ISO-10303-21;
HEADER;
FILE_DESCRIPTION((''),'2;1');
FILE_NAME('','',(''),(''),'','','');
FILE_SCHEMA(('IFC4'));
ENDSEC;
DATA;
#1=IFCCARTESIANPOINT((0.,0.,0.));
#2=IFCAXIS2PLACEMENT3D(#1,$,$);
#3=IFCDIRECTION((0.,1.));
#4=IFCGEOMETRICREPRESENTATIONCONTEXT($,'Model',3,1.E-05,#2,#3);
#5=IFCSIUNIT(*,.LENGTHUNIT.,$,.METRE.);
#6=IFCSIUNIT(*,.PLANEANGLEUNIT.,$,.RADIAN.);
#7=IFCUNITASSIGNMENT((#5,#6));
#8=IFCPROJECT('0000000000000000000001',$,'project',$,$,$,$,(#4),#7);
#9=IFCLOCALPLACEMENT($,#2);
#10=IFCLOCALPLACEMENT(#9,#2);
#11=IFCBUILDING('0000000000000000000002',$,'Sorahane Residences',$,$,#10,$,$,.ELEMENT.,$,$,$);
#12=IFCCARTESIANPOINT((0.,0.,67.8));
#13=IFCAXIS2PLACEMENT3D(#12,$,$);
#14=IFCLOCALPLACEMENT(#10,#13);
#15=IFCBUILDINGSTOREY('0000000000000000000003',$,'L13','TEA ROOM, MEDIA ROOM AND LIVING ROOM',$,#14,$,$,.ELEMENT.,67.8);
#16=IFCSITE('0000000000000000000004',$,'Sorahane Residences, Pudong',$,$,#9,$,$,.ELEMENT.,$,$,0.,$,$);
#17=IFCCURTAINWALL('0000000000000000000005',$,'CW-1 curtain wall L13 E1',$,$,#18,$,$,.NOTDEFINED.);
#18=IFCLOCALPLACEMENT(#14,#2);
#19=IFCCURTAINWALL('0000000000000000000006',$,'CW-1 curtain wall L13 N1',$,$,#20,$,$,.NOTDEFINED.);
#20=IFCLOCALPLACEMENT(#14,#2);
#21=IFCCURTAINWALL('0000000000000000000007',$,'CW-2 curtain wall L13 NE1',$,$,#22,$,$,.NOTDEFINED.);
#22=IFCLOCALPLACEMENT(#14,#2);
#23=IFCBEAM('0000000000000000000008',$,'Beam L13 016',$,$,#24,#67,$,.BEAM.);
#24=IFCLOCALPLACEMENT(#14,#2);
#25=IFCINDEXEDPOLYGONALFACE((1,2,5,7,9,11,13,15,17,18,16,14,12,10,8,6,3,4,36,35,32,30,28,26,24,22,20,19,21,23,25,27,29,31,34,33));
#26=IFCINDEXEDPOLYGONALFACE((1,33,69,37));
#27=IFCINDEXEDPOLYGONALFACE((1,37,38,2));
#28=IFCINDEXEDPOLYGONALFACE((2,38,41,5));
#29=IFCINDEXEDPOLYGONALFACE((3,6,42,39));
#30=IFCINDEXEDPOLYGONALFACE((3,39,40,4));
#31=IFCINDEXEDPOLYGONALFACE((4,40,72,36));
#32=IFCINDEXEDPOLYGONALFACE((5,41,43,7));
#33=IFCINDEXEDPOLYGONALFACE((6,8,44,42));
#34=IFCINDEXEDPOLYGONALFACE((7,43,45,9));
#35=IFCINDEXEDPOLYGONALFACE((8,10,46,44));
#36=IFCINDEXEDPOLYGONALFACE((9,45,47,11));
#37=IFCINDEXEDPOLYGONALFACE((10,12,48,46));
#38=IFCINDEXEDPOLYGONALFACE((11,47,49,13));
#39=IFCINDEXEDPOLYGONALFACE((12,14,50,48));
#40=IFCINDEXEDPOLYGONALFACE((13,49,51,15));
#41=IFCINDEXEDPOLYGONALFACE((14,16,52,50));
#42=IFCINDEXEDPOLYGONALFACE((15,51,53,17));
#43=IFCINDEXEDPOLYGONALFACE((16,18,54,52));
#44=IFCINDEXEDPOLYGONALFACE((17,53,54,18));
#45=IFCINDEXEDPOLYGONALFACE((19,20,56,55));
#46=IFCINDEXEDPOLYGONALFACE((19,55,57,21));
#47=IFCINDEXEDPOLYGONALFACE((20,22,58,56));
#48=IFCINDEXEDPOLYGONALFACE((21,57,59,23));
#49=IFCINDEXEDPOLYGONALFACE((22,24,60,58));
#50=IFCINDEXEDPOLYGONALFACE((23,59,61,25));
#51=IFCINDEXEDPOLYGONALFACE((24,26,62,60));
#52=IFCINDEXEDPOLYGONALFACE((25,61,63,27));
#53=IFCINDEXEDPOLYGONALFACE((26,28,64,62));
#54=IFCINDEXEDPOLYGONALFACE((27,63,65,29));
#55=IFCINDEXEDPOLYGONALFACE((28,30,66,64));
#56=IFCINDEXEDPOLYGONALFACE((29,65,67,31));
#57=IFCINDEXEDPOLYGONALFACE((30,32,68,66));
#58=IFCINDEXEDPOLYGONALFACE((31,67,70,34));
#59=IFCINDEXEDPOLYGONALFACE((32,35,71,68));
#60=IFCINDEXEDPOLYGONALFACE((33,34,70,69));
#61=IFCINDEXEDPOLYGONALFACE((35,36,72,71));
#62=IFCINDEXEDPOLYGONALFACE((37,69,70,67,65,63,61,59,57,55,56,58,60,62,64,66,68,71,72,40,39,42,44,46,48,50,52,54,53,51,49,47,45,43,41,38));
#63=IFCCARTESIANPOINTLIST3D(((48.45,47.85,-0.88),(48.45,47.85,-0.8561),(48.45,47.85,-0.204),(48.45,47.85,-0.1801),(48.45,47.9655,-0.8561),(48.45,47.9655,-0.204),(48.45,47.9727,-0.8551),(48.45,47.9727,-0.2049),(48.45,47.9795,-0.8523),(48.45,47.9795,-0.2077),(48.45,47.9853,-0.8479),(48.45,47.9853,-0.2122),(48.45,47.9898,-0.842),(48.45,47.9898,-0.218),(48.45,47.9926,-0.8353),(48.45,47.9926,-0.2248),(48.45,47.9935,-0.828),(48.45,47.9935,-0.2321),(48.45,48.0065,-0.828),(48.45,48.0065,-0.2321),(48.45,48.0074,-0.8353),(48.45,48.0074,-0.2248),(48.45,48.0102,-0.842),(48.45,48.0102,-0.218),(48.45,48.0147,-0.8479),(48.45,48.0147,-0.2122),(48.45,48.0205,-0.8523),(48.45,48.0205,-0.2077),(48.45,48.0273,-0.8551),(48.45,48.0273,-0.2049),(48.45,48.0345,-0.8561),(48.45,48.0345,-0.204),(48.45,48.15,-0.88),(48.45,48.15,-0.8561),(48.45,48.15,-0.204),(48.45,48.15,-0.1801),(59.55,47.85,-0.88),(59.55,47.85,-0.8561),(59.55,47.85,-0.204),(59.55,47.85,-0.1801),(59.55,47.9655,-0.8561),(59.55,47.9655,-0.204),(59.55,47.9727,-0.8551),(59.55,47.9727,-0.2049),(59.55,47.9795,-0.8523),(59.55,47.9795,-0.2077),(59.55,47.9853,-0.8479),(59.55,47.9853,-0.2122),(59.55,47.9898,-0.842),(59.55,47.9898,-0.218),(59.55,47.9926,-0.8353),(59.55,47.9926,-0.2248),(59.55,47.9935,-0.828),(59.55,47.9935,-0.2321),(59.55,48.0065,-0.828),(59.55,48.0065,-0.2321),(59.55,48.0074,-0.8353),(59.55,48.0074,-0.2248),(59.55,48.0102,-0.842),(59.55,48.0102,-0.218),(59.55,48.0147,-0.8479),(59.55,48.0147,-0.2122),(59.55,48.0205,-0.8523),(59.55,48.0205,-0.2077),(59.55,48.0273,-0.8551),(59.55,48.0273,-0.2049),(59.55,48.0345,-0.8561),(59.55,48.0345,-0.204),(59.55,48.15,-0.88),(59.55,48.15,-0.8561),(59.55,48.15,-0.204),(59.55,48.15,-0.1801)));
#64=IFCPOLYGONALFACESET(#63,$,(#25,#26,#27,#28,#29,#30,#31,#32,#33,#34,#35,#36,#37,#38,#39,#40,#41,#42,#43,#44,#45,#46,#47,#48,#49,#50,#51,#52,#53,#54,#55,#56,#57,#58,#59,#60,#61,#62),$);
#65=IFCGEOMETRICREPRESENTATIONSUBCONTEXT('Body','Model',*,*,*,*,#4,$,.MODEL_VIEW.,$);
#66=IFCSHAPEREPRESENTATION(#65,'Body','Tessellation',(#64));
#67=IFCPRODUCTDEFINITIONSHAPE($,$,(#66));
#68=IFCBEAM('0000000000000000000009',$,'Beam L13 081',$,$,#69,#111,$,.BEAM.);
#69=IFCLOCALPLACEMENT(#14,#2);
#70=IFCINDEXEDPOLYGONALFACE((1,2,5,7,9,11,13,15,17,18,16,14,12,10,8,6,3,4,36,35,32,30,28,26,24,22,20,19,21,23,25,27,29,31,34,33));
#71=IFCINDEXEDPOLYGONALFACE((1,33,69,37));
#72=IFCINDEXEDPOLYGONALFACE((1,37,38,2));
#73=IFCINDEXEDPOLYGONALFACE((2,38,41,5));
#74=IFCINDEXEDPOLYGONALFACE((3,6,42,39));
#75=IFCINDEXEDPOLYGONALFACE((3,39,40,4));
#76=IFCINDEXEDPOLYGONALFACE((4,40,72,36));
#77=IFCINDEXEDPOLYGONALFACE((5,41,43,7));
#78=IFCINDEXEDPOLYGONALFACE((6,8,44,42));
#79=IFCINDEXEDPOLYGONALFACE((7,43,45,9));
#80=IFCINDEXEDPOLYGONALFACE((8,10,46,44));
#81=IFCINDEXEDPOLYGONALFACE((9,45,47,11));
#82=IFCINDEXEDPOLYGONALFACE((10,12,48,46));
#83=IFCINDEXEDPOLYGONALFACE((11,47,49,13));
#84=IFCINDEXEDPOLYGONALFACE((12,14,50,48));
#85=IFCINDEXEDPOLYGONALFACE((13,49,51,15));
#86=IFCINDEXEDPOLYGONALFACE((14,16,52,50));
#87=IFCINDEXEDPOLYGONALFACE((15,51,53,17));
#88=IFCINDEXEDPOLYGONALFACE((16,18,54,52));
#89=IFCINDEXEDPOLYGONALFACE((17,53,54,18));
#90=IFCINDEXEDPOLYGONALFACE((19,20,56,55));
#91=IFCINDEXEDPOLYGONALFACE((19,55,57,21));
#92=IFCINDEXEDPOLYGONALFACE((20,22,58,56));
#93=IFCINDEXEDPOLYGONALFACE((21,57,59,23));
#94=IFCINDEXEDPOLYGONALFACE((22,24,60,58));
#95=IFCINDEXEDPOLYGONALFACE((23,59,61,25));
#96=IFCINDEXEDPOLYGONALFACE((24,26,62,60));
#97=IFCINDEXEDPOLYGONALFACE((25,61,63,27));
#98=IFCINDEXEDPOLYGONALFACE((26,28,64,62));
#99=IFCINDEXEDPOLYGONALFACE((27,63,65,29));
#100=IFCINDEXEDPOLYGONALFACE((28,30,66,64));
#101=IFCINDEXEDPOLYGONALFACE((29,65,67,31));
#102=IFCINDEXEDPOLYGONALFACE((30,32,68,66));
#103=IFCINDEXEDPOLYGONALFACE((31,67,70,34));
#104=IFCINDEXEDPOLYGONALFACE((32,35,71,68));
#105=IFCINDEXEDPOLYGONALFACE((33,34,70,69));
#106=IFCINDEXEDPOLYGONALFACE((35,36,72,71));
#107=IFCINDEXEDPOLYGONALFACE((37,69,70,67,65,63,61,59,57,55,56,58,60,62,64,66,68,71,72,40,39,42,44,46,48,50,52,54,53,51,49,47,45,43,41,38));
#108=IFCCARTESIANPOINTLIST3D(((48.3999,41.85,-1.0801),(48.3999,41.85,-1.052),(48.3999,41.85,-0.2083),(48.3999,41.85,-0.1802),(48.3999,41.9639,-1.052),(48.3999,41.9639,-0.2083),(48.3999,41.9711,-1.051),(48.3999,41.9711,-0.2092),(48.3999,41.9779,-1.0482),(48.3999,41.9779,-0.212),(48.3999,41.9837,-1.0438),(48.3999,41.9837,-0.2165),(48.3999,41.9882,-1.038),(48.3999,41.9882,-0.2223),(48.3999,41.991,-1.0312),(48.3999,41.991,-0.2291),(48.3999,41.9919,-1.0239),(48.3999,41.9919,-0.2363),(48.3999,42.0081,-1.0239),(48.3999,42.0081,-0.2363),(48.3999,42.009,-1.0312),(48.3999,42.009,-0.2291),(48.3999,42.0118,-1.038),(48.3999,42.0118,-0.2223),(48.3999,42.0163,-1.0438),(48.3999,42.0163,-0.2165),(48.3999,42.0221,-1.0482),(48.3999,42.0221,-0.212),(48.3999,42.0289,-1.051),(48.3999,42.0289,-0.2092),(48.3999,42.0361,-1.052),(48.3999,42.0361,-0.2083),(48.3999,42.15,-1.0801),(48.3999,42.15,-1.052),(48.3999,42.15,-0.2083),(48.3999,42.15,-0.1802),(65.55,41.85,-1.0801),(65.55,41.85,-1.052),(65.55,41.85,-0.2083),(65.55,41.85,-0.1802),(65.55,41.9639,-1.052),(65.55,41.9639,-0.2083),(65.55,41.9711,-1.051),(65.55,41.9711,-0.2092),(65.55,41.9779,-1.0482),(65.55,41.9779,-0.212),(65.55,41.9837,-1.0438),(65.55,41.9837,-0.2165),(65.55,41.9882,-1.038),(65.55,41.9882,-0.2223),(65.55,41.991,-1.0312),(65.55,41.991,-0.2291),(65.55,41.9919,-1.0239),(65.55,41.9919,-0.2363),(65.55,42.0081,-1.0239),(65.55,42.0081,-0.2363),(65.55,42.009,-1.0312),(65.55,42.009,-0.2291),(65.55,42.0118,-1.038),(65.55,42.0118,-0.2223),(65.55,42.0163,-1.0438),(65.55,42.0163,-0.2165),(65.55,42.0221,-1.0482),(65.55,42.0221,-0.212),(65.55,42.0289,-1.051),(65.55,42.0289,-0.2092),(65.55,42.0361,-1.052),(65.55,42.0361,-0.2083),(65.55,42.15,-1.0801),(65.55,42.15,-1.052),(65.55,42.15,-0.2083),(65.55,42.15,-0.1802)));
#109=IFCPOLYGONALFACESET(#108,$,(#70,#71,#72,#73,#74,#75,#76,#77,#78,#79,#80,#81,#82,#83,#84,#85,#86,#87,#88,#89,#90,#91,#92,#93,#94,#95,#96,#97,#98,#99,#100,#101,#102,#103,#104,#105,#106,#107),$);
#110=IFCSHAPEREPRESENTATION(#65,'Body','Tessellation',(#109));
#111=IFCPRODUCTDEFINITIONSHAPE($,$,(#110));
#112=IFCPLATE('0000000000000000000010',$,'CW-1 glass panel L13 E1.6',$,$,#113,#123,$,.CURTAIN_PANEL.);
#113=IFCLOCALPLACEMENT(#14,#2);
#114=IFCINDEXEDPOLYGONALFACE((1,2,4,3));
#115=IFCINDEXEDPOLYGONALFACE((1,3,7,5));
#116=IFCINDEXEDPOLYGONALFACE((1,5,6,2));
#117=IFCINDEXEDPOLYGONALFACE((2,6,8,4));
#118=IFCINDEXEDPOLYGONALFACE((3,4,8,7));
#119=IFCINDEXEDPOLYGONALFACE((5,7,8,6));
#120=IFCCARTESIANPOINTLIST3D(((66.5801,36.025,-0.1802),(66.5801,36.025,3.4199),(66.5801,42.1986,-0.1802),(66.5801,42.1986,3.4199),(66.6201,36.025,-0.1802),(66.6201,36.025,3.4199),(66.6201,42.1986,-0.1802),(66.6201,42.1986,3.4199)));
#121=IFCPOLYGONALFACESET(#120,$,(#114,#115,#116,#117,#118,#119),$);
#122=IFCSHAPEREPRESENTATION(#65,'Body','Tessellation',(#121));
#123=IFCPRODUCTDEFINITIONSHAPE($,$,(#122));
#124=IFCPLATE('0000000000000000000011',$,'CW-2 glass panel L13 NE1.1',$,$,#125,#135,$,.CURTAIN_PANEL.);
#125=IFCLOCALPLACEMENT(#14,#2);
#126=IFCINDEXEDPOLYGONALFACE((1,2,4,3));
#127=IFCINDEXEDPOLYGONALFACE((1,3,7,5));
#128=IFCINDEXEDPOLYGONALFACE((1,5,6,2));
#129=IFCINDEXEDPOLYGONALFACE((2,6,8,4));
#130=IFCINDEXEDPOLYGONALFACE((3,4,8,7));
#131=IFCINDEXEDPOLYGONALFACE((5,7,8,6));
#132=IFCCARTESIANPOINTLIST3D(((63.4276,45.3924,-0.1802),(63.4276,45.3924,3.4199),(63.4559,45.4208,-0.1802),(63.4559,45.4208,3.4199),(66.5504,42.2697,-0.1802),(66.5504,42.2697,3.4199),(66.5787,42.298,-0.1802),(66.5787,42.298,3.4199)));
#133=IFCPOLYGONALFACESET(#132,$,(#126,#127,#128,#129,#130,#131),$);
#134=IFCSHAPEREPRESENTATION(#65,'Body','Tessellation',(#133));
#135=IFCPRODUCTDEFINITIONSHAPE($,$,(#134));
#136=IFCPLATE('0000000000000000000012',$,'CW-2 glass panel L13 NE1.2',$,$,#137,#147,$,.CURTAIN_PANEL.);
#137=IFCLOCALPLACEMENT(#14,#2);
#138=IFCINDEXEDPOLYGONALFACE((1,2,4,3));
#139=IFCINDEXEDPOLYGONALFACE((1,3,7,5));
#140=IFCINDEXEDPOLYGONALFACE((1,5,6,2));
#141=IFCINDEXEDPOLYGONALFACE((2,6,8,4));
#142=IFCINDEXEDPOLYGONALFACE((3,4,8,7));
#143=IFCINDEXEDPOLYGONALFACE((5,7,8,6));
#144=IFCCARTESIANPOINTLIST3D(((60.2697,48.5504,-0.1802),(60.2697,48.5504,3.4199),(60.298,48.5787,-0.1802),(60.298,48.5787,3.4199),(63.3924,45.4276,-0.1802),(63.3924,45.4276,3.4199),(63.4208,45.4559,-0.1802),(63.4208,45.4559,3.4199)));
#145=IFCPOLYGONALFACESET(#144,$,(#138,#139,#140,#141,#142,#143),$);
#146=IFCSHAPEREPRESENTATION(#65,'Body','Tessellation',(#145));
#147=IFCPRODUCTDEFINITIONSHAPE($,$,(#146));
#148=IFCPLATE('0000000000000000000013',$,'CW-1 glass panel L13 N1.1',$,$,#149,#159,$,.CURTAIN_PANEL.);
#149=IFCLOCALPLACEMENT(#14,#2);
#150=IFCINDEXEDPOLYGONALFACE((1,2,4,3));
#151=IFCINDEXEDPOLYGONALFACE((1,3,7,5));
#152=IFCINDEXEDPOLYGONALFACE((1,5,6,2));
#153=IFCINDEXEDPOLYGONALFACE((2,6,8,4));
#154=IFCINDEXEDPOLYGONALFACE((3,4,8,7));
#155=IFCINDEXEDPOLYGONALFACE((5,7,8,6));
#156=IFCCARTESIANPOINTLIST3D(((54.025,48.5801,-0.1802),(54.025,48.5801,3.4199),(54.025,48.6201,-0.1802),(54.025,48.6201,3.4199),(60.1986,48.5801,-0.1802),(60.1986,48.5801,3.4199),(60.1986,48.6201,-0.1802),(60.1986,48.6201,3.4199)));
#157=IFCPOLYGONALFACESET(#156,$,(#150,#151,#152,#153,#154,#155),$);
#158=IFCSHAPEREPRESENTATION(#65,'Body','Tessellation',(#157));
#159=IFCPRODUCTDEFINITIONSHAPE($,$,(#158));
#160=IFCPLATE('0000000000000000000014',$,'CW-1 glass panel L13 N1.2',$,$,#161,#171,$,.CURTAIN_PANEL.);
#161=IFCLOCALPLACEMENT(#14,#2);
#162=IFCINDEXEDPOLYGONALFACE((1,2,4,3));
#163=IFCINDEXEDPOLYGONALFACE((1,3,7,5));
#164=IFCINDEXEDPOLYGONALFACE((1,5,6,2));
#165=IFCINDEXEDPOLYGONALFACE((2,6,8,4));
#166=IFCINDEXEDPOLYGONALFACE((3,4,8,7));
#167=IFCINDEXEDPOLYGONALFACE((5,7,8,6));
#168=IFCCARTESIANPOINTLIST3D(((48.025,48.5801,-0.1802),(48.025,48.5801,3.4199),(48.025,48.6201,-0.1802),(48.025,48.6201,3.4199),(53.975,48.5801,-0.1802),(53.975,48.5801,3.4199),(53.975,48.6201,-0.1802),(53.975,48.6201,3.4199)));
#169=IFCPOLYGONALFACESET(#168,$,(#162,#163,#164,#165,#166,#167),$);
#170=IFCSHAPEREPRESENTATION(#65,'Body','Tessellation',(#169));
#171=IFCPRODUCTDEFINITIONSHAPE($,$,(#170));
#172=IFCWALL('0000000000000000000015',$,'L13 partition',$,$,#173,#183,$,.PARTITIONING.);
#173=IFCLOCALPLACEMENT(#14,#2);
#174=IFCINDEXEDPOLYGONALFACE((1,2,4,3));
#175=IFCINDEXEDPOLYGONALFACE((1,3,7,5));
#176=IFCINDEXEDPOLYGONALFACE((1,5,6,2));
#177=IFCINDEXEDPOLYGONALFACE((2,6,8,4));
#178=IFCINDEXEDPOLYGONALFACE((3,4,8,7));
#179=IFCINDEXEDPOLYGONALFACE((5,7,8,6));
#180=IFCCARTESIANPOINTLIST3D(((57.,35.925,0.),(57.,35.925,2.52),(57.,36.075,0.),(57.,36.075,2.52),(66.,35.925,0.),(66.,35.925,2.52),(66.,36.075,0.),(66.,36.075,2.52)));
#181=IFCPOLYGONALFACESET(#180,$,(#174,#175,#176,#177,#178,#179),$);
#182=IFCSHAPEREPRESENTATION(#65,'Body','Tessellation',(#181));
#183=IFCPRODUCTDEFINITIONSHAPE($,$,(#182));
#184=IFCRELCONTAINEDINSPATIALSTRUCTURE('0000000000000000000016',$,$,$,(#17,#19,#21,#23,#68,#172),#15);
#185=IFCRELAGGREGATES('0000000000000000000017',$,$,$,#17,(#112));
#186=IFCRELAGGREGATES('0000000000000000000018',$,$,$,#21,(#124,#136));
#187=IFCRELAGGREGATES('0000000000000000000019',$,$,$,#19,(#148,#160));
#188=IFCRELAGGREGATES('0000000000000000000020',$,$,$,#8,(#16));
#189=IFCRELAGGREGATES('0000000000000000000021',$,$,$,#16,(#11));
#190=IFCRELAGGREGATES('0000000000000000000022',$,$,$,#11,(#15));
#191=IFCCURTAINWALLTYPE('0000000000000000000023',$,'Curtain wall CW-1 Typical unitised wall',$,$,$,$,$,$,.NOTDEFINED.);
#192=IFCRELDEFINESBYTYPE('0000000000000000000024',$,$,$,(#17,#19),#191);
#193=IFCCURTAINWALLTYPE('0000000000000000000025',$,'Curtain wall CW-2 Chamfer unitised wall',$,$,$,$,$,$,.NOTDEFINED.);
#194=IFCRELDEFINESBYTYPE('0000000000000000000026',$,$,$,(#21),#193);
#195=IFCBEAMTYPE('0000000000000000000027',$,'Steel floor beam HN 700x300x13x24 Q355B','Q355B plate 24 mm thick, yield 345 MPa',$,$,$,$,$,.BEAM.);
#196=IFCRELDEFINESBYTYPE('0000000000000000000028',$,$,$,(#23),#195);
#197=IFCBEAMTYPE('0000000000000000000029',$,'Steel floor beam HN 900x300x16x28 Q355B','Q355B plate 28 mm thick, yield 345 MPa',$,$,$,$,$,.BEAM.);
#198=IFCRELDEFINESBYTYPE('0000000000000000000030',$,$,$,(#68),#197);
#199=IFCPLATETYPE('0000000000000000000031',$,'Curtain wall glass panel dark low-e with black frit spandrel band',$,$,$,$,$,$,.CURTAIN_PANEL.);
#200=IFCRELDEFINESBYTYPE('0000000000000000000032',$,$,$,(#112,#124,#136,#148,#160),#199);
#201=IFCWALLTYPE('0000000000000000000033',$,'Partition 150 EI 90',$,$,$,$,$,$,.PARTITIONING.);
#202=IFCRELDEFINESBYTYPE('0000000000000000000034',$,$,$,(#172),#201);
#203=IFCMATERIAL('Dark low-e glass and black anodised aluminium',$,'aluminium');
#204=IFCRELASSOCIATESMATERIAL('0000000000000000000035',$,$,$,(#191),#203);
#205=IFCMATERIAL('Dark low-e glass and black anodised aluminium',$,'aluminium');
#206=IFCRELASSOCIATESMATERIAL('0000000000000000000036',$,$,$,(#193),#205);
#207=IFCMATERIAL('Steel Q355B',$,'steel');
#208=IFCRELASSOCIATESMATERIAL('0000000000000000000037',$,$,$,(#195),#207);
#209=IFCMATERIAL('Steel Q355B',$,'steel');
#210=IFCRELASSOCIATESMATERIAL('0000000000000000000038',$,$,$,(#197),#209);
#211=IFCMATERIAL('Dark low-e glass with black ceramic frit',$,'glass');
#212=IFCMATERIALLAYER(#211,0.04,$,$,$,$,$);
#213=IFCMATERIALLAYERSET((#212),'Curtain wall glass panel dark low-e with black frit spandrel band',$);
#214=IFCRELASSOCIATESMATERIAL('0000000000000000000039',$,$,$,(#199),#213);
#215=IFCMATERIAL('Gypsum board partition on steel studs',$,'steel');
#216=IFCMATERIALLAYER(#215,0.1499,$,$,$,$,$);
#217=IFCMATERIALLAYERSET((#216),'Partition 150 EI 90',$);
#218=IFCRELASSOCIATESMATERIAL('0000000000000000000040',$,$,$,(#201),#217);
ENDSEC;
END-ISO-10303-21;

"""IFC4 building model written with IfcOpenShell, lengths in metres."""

from ifc_helpers import new_model, si_unit, direction, frame, frame_2d, origin, origin_2d, place, context, subcontext, project, spatial, rectangle, i_section, extrude, material, layer, layer_set, material_profile, profile_set, type_object, element, aggregate, save


model = new_model("IFC4")

# Units and contexts
model_context = context("Model", 3, precision=1e-05, world=origin(), true_north=direction((0.0, 1.0)))
body_context = subcontext(model_context, "Body", "Model", "MODEL_VIEW")
ifc_project = project(units=[si_unit("LENGTHUNIT", "METRE"), si_unit("PLANEANGLEUNIT", "RADIAN")], contexts=[model_context])

# Site, building, storey
site_placement = place(None, origin())
site = spatial("IfcSite", under=ifc_project, at=site_placement, Name="Sorahane Residences, Pudong", CompositionType="ELEMENT", RefElevation=0.0)
building_placement = place(site_placement, origin())
building = spatial("IfcBuilding", under=site, at=building_placement, Name="Sorahane Residences", CompositionType="ELEMENT")
storey_placement = place(building_placement, frame((0.0, 0.0, 67.8)))
storey = spatial("IfcBuildingStorey", under=building, at=storey_placement, Name="L13", Description="TEA ROOM, MEDIA ROOM AND LIVING ROOM", CompositionType="ELEMENT", Elevation=67.8)

# Curtain walls
ifc_material_1 = material(Name="Dark low-e glass and black anodised aluminium", Category="aluminium")
curtain_wall_type_1 = type_object("IfcCurtainWallType", Name="Curtain wall CW-1 Typical unitised wall", PredefinedType="NOTDEFINED", material=ifc_material_1)
curtain_wall_1_placement = place(storey_placement, origin())
curtain_wall_1 = element("IfcCurtainWall", 1, at=curtain_wall_1_placement, inside=storey, type_object=curtain_wall_type_1, Name="CW-1 curtain wall L13 E1", PredefinedType="NOTDEFINED")
curtain_wall_2_placement = place(storey_placement, origin())
curtain_wall_2 = element("IfcCurtainWall", 2, at=curtain_wall_2_placement, inside=storey, type_object=curtain_wall_type_1, Name="CW-1 curtain wall L13 N1", PredefinedType="NOTDEFINED")
ifc_material_2 = material(Name="Dark low-e glass and black anodised aluminium", Category="aluminium")
curtain_wall_type_2 = type_object("IfcCurtainWallType", Name="Curtain wall CW-2 Chamfer unitised wall", PredefinedType="NOTDEFINED", material=ifc_material_2)
curtain_wall_3_placement = place(storey_placement, origin())
curtain_wall_3 = element("IfcCurtainWall", 3, at=curtain_wall_3_placement, inside=storey, type_object=curtain_wall_type_2, Name="CW-2 curtain wall L13 NE1", PredefinedType="NOTDEFINED")

# Beams
ifc_material_3 = material(Name="Steel Q355B", Category="steel")
ifc_material_profile_1 = material_profile(ifc_material_3, i_section(OverallWidth=0.3, OverallDepth=0.7, WebThickness=0.0129, FlangeThickness=0.0239, FilletRadius=0.0281, at=origin_2d()), Name="HN 700x300x13x24")
ifc_profile_set_1 = profile_set([ifc_material_profile_1], Name="Steel Q355B")
beam_type_1 = type_object("IfcBeamType", Name="Steel floor beam HN 700x300x13x24 Q355B", Description="Q355B plate 24 mm thick, yield 345 MPa", PredefinedType="BEAM", material=ifc_profile_set_1)
beam_1_placement = place(storey_placement, frame((48.45, 48.0, -0.53), z_axis=(1.0, 0.0, 0.0), x_axis=(0.0, 1.0, 0.0)))
element("IfcBeam", 4, at=beam_1_placement, inside=storey, type_object=beam_type_1, Name="Beam L13 016", PredefinedType="BEAM", context=body_context, shape_type="SweptSolid", body=[
    extrude(i_section(OverallWidth=0.3, OverallDepth=0.7, WebThickness=0.0129, FlangeThickness=0.0239, FilletRadius=0.0281, at=origin_2d()), origin(), (0.0, 0.0, 1.0), 11.1001),
])
ifc_material_4 = material(Name="Steel Q355B", Category="steel")
ifc_material_profile_2 = material_profile(ifc_material_4, i_section(OverallWidth=0.3, OverallDepth=0.8999, WebThickness=0.0161, FlangeThickness=0.0281, FilletRadius=0.0281, at=origin_2d()), Name="HN 900x300x16x28")
ifc_profile_set_2 = profile_set([ifc_material_profile_2], Name="Steel Q355B")
beam_type_2 = type_object("IfcBeamType", Name="Steel floor beam HN 900x300x16x28 Q355B", Description="Q355B plate 28 mm thick, yield 345 MPa", PredefinedType="BEAM", material=ifc_profile_set_2)
beam_2_placement = place(storey_placement, frame((48.3999, 42.0, -0.6301), z_axis=(1.0, 0.0, 0.0), x_axis=(0.0, 1.0, 0.0)))
element("IfcBeam", 5, at=beam_2_placement, inside=storey, type_object=beam_type_2, Name="Beam L13 081", PredefinedType="BEAM", context=body_context, shape_type="SweptSolid", body=[
    extrude(i_section(OverallWidth=0.3, OverallDepth=0.8999, WebThickness=0.0161, FlangeThickness=0.0281, FilletRadius=0.0281, at=origin_2d()), origin(), (0.0, 0.0, 1.0), 17.1501),
])

# Plates
ifc_material_5 = material(Name="Dark low-e glass with black ceramic frit", Category="glass")
ifc_layer_1 = layer(ifc_material_5, 0.04)
ifc_layer_set_1 = layer_set([ifc_layer_1], Name="Curtain wall glass panel dark low-e with black frit spandrel band")
plate_type = type_object("IfcPlateType", Name="Curtain wall glass panel dark low-e with black frit spandrel band", PredefinedType="CURTAIN_PANEL", material=ifc_layer_set_1)
plate_1_placement = place(storey_placement, frame((66.6001, 39.1118, -0.1802), z_axis=(0.0, 0.0, 1.0), x_axis=(0.0, 1.0, 0.0)))
plate_1 = element("IfcPlate", 6, at=plate_1_placement, type_object=plate_type, Name="CW-1 glass panel L13 E1.6", PredefinedType="CURTAIN_PANEL", context=body_context, shape_type="SweptSolid", body=[
    extrude(rectangle(XDim=6.1736, YDim=0.04, at=origin_2d()), origin(), (0.0, 0.0, 1.0), 3.6001),
])
aggregate(curtain_wall_1, [plate_1])
plate_2_placement = place(storey_placement, frame((65.0032, 43.8452, -0.1802), z_axis=(0.0, 0.0, 1.0), x_axis=(-0.707107, 0.707107, 0.0)))
plate_2 = element("IfcPlate", 7, at=plate_2_placement, type_object=plate_type, Name="CW-2 glass panel L13 NE1.1", PredefinedType="CURTAIN_PANEL", context=body_context, shape_type="SweptSolid", body=[
    extrude(rectangle(XDim=4.4163, YDim=0.04, at=origin_2d()), origin(), (0.0, 0.0, 1.0), 3.6001),
])
plate_3_placement = place(storey_placement, frame((61.8452, 47.0032, -0.1802), z_axis=(0.0, 0.0, 1.0), x_axis=(-0.707107, 0.707107, 0.0)))
plate_3 = element("IfcPlate", 8, at=plate_3_placement, type_object=plate_type, Name="CW-2 glass panel L13 NE1.2", PredefinedType="CURTAIN_PANEL", context=body_context, shape_type="SweptSolid", body=[
    extrude(rectangle(XDim=4.4163, YDim=0.04, at=origin_2d()), origin(), (0.0, 0.0, 1.0), 3.6001),
])
aggregate(curtain_wall_3, [plate_2, plate_3])
plate_4_placement = place(storey_placement, frame((57.1118, 48.6001, -0.1802), z_axis=(0.0, 0.0, 1.0), x_axis=(-1.0, 0.0, 0.0)))
plate_4 = element("IfcPlate", 9, at=plate_4_placement, type_object=plate_type, Name="CW-1 glass panel L13 N1.1", PredefinedType="CURTAIN_PANEL", context=body_context, shape_type="SweptSolid", body=[
    extrude(rectangle(XDim=6.1736, YDim=0.04, at=origin_2d()), origin(), (0.0, 0.0, 1.0), 3.6001),
])
plate_5_placement = place(storey_placement, frame((51.0, 48.6001, -0.1802), z_axis=(0.0, 0.0, 1.0), x_axis=(-1.0, 0.0, 0.0)))
plate_5 = element("IfcPlate", 10, at=plate_5_placement, type_object=plate_type, Name="CW-1 glass panel L13 N1.2", PredefinedType="CURTAIN_PANEL", context=body_context, shape_type="SweptSolid", body=[
    extrude(rectangle(XDim=5.95, YDim=0.04, at=origin_2d()), origin(), (0.0, 0.0, 1.0), 3.6001),
])
aggregate(curtain_wall_2, [plate_4, plate_5])

# Wall
ifc_material_6 = material(Name="Gypsum board partition on steel studs", Category="steel")
ifc_layer_2 = layer(ifc_material_6, 0.1499)
ifc_layer_set_2 = layer_set([ifc_layer_2], Name="Partition 150 EI 90")
wall_type_1 = type_object("IfcWallType", Name="Partition 150 EI 90", PredefinedType="PARTITIONING", material=ifc_layer_set_2)
wall_1_placement = place(storey_placement, frame((57.0, 36.0, 0.0), z_axis=(0.0, 0.0, 1.0), x_axis=(1.0, 0.0, 0.0)))
element("IfcWall", 11, at=wall_1_placement, inside=storey, type_object=wall_type_1, Name="L13 partition", PredefinedType="PARTITIONING", context=body_context, shape_type="SweptSolid", body=[
    extrude(rectangle(XDim=9.0, YDim=0.1499, at=frame_2d((4.5, 0.0))), origin(), (0.0, 0.0, 1.0), 2.52),
])

save(model, "model.ifc")
